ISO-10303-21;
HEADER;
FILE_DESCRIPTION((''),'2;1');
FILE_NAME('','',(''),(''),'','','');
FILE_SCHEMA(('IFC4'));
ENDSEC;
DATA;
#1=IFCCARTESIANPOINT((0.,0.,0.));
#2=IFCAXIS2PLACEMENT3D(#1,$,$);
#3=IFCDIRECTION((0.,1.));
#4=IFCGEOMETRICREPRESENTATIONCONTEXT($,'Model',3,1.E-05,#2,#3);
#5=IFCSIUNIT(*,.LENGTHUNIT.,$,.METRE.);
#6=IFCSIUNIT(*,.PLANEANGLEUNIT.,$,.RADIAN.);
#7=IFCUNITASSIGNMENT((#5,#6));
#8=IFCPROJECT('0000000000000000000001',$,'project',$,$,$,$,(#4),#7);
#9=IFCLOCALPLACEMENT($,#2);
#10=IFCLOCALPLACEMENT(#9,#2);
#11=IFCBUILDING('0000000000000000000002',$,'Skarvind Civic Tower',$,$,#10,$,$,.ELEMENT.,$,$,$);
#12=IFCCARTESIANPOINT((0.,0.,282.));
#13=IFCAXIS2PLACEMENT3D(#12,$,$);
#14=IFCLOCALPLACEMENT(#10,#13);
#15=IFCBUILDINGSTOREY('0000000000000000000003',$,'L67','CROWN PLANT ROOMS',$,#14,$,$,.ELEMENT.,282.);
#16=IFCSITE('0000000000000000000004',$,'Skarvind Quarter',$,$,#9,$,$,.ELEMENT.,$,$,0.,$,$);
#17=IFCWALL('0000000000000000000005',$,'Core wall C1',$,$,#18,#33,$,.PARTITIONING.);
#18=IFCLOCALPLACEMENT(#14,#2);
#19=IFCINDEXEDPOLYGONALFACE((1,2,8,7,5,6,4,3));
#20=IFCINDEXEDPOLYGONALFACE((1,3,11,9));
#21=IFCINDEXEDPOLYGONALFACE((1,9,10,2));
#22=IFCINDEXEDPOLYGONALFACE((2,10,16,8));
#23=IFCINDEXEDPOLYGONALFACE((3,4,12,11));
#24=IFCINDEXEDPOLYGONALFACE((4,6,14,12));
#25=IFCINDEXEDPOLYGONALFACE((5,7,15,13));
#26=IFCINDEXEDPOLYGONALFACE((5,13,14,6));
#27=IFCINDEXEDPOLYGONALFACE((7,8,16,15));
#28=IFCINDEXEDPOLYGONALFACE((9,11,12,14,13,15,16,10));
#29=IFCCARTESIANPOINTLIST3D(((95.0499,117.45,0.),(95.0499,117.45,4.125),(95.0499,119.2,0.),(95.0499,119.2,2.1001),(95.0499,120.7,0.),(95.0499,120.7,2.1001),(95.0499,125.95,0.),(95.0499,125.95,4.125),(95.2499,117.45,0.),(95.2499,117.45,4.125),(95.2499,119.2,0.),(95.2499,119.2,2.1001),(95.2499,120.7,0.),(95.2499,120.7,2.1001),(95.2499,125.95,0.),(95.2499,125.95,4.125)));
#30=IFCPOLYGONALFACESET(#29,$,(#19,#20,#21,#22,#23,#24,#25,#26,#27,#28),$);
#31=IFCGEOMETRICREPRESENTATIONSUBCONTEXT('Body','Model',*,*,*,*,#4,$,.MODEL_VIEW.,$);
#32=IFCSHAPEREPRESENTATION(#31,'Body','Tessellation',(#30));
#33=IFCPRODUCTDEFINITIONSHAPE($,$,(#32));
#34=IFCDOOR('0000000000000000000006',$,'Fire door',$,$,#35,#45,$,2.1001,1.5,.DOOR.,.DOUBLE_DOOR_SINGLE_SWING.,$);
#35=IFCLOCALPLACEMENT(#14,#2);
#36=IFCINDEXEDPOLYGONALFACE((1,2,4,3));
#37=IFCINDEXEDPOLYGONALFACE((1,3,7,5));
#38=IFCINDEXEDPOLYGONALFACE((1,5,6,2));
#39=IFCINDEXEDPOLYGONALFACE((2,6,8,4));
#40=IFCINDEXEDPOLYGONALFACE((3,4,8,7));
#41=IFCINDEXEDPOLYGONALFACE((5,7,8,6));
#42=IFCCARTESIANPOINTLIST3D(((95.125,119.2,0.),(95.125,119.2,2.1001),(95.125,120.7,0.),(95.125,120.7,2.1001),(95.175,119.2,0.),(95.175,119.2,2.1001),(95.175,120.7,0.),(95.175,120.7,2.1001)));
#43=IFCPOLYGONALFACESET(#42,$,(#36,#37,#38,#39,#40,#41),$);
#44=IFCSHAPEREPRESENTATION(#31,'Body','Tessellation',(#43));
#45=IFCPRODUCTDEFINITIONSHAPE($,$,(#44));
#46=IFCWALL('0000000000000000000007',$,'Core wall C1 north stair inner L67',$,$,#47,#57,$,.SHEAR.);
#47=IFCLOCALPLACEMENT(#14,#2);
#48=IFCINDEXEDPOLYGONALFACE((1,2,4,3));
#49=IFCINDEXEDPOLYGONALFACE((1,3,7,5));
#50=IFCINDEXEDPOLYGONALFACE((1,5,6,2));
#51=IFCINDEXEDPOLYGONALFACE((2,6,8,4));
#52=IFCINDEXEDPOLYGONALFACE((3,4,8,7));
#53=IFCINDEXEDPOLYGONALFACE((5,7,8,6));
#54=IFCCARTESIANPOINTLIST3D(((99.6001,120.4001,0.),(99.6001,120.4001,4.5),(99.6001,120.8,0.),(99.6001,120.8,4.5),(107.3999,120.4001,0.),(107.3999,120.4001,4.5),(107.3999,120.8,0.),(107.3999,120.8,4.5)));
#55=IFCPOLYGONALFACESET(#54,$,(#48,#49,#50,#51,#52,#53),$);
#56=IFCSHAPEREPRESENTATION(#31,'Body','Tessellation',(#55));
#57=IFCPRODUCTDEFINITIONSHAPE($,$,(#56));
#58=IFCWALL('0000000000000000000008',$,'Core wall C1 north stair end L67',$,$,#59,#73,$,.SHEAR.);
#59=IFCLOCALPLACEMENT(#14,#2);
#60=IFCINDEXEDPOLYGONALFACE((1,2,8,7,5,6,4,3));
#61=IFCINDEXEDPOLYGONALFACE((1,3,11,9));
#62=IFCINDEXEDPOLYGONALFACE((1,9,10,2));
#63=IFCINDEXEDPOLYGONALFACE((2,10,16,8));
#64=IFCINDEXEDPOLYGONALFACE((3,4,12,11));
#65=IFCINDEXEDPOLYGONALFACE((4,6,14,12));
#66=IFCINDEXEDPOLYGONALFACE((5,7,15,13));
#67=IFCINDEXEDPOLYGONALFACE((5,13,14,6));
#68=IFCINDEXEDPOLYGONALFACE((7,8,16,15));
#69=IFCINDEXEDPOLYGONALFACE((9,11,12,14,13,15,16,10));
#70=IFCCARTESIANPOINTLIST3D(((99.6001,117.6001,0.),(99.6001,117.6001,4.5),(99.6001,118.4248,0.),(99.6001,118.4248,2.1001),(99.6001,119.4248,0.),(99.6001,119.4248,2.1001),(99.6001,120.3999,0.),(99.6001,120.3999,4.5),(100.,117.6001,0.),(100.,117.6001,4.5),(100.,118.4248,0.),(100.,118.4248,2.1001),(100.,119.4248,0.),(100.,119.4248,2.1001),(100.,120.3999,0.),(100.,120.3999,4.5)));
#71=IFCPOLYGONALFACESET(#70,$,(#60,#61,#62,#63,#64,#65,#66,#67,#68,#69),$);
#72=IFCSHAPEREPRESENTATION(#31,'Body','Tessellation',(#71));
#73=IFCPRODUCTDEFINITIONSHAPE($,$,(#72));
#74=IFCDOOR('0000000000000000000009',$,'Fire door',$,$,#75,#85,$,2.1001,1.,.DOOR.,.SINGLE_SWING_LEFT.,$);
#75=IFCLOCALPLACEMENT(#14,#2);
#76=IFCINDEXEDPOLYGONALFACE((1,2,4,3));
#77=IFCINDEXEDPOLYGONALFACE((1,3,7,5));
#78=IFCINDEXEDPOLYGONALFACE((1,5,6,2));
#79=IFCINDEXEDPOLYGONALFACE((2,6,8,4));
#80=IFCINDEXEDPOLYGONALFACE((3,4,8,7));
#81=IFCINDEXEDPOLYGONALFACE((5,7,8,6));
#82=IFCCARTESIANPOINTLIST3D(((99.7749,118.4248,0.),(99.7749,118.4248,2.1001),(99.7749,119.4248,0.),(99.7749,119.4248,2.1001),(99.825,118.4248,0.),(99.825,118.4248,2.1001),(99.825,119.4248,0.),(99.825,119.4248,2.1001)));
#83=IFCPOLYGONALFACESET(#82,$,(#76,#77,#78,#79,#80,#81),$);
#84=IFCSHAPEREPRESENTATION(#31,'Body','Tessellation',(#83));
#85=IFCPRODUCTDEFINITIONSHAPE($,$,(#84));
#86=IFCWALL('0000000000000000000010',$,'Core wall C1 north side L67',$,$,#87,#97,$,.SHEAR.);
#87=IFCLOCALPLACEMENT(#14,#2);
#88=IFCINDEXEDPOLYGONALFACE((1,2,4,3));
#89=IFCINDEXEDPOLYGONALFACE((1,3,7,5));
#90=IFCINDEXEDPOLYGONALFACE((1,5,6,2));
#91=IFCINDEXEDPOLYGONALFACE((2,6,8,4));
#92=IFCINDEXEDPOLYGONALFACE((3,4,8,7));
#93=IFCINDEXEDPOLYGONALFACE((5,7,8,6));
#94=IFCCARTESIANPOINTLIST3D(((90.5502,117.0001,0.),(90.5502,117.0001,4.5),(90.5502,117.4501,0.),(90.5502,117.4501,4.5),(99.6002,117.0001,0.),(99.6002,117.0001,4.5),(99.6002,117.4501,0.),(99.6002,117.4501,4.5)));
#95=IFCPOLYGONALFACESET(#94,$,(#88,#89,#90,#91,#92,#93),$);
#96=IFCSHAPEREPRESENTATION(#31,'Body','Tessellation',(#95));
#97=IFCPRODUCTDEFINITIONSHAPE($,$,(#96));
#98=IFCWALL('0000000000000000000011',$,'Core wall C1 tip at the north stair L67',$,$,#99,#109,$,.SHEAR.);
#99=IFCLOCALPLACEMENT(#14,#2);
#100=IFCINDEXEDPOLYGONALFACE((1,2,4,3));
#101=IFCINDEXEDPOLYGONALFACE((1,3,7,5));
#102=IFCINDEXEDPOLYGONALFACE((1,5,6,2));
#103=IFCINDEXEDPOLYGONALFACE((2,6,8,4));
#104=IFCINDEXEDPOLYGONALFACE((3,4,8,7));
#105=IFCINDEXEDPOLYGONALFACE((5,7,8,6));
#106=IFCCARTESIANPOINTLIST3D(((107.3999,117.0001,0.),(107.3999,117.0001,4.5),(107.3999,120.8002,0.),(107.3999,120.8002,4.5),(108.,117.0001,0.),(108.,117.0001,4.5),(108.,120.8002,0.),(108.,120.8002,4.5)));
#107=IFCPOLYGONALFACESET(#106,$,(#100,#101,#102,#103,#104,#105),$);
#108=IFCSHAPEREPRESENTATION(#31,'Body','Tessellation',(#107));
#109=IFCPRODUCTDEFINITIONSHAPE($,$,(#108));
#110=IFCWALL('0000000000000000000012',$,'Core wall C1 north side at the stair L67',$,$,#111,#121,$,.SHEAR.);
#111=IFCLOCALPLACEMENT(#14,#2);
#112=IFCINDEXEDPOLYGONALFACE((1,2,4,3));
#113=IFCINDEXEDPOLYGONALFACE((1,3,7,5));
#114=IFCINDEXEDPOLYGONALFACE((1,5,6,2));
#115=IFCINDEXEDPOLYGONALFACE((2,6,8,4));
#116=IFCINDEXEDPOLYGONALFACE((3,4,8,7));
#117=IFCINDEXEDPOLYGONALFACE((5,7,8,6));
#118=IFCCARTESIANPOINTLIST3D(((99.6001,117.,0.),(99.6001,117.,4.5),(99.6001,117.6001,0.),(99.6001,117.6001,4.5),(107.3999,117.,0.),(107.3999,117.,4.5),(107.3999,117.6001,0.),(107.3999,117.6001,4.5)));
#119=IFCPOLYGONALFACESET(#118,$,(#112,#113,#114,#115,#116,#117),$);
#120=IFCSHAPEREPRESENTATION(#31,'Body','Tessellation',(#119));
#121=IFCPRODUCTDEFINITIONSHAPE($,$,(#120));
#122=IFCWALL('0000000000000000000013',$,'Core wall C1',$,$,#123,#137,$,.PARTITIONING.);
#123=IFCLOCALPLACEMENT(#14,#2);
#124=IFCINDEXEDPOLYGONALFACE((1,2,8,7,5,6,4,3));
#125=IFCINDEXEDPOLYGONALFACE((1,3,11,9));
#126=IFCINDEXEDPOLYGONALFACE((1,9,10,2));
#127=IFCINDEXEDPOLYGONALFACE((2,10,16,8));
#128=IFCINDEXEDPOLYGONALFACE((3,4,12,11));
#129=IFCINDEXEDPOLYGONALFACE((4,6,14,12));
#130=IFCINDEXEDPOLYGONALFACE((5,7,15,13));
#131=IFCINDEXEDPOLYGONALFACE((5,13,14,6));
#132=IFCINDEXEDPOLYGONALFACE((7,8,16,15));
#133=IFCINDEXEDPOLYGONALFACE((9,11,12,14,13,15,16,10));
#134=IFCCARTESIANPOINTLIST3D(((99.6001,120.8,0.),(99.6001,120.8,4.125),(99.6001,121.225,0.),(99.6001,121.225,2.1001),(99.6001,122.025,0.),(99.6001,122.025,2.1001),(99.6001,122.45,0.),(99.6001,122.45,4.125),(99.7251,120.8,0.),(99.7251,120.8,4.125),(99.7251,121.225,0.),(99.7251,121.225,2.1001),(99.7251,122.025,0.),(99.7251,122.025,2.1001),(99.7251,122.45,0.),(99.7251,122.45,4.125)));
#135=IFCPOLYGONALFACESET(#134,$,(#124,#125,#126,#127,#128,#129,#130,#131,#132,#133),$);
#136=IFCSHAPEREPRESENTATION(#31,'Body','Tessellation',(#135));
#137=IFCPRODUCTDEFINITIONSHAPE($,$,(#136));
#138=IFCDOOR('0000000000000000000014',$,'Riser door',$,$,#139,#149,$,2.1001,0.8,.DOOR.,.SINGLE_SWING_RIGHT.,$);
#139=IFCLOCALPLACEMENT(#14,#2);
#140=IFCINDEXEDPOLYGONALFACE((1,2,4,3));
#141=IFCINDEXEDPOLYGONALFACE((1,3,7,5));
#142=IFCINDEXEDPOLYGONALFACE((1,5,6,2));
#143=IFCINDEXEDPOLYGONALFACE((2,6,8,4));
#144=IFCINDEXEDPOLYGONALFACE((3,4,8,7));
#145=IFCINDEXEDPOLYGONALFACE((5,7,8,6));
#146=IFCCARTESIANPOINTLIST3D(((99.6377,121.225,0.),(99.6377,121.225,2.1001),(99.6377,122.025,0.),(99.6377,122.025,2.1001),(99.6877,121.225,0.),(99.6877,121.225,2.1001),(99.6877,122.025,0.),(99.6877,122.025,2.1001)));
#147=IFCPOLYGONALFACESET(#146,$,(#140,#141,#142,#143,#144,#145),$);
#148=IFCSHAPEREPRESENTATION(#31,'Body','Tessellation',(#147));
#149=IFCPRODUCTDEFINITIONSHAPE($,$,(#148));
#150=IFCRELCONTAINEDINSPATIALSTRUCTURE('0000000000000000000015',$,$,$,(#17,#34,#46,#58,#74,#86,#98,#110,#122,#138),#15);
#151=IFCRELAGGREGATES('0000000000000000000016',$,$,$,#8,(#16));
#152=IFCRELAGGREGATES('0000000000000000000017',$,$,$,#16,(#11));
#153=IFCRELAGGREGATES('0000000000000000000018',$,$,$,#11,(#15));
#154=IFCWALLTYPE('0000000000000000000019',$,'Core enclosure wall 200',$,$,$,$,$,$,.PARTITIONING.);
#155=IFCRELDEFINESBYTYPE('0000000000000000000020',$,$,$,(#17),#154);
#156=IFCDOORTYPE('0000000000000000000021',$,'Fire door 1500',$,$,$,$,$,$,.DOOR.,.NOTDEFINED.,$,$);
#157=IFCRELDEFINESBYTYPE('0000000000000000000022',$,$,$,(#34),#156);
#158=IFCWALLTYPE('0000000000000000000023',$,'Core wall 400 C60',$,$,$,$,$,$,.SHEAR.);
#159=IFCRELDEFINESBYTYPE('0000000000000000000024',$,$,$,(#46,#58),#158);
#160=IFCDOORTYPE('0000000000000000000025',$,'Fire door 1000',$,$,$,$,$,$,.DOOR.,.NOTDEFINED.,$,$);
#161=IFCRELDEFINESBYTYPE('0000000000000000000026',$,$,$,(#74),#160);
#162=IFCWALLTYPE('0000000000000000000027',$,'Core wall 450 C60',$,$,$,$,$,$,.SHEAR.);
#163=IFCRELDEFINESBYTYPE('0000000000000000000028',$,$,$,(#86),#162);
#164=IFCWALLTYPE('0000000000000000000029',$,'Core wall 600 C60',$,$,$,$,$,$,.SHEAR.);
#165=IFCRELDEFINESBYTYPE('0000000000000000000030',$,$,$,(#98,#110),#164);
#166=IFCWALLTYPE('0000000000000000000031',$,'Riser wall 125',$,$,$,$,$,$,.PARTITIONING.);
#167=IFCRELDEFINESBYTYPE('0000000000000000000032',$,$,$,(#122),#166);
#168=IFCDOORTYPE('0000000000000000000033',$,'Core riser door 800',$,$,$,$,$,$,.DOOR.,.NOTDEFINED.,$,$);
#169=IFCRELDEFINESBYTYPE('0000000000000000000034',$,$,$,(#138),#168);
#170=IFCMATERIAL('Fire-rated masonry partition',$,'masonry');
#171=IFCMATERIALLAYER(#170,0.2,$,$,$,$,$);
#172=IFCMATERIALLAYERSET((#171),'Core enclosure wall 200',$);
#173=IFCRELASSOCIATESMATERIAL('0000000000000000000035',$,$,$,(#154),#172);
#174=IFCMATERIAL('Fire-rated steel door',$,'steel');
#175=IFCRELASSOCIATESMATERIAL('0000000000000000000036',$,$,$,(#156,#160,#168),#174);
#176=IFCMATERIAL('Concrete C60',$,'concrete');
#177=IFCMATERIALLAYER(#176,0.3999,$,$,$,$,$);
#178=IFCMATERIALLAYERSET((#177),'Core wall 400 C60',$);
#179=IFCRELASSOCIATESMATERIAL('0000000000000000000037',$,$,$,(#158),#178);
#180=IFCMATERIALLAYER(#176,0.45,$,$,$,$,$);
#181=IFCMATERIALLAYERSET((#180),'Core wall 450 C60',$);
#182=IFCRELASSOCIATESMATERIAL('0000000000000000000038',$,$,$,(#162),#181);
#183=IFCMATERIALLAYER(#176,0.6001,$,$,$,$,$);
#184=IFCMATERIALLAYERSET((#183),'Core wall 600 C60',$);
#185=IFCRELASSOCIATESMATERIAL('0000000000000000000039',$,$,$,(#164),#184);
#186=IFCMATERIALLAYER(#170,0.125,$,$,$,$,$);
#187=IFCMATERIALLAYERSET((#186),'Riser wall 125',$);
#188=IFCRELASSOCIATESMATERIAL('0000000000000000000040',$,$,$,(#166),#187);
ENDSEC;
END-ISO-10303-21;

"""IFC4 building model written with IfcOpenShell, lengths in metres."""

from ifc_helpers import new_model, si_unit, direction, frame, frame_2d, origin, place, context, subcontext, project, spatial, rectangle, extrude, material, layer, layer_set, type_object, element, fill, save


model = new_model("IFC4")

# Units and contexts
model_context = context("Model", 3, precision=1e-05, world=origin(), true_north=direction((0.0, 1.0)))
body_context = subcontext(model_context, "Body", "Model", "MODEL_VIEW")
ifc_project = project(units=[si_unit("LENGTHUNIT", "METRE"), si_unit("PLANEANGLEUNIT", "RADIAN")], contexts=[model_context])

# Site, building, storey
site_placement = place(None, origin())
site = spatial("IfcSite", under=ifc_project, at=site_placement, Name="Skarvind Quarter", CompositionType="ELEMENT", RefElevation=0.0)
building_placement = place(site_placement, origin())
building = spatial("IfcBuilding", under=site, at=building_placement, Name="Skarvind Civic Tower", CompositionType="ELEMENT")
storey_placement = place(building_placement, frame((0.0, 0.0, 282.0)))
storey = spatial("IfcBuildingStorey", under=building, at=storey_placement, Name="L67", Description="CROWN PLANT ROOMS", CompositionType="ELEMENT", Elevation=282.0)

# Shared definitions
ifc_material_1 = material(Name="Concrete C60", Category="concrete")

# Wall, opening, door
ifc_material_2 = material(Name="Fire-rated masonry partition", Category="masonry")
ifc_layer_1 = layer(ifc_material_2, 0.2)
ifc_layer_set_1 = layer_set([ifc_layer_1], Name="Core enclosure wall 200")
wall_type_1 = type_object("IfcWallType", Name="Core enclosure wall 200", PredefinedType="PARTITIONING", material=ifc_layer_set_1)
wall_1_placement = place(storey_placement, frame((95.1499, 117.45, 0.0), z_axis=(0.0, 0.0, 1.0), x_axis=(0.0, 1.0, 0.0)))
wall_1 = element("IfcWall", 1, at=wall_1_placement, inside=storey, type_object=wall_type_1, Name="Core wall C1", PredefinedType="PARTITIONING", context=body_context, shape_type="SweptSolid", body=[
    extrude(rectangle(XDim=8.5, YDim=0.2, at=frame_2d((4.25, 0.0))), origin(), (0.0, 0.0, 1.0), 4.125),
])
opening_1_placement = place(wall_1_placement, frame((1.75, 0.0, 0.0)))
opening_1 = element("IfcOpeningElement", 2, at=opening_1_placement, cuts=wall_1, PredefinedType="OPENING", context=body_context, shape_type="SweptSolid", body=[
    extrude(rectangle(XDim=1.5, YDim=2.1001, at=frame_2d((0.75, 1.05))), frame((0.0, 0.1099, 0.0), z_axis=(0.0, -1.0, 0.0), x_axis=(1.0, 0.0, 0.0)), (0.0, 0.0, 1.0), 0.22),
])
ifc_material_3 = material(Name="Fire-rated steel door", Category="steel")
door_type_1 = type_object("IfcDoorType", Name="Fire door 1500", OperationType="NOTDEFINED", PredefinedType="DOOR", material=ifc_material_3)
door_1_placement = place(opening_1_placement, origin())
door_1 = element("IfcDoor", 3, at=door_1_placement, inside=storey, type_object=door_type_1, Name="Fire door", OperationType="DOUBLE_DOOR_SINGLE_SWING", OverallHeight=2.1001, OverallWidth=1.5, PredefinedType="DOOR", context=body_context, shape_type="SweptSolid", body=[
    extrude(rectangle(XDim=1.5, YDim=2.1001, at=frame_2d((0.75, 1.05))), frame((0.0, 0.0249, 0.0), z_axis=(0.0, -1.0, 0.0), x_axis=(1.0, 0.0, 0.0)), (0.0, 0.0, 1.0), 0.05),
])
fill(opening_1, door_1)

# Wall
ifc_layer_2 = layer(ifc_material_1, 0.3999)
ifc_layer_set_2 = layer_set([ifc_layer_2], Name="Core wall 400 C60")
wall_type_2 = type_object("IfcWallType", Name="Core wall 400 C60", PredefinedType="SHEAR", material=ifc_layer_set_2)
wall_2_placement = place(storey_placement, frame((107.3999, 120.6001, 0.0), z_axis=(0.0, 0.0, 1.0), x_axis=(-1.0, 0.0, 0.0)))
element("IfcWall", 4, at=wall_2_placement, inside=storey, type_object=wall_type_2, Name="Core wall C1 north stair inner L67", PredefinedType="SHEAR", context=body_context, shape_type="SweptSolid", body=[
    extrude(rectangle(XDim=7.7998, YDim=0.3999, at=frame_2d((3.8999, 0.0))), origin(), (0.0, 0.0, 1.0), 4.5),
])

# Wall, opening, door
wall_3_placement = place(storey_placement, frame((99.8, 120.3999, 0.0), z_axis=(0.0, 0.0, 1.0), x_axis=(0.0, -1.0, 0.0)))
wall_3 = element("IfcWall", 5, at=wall_3_placement, inside=storey, type_object=wall_type_2, Name="Core wall C1 north stair end L67", PredefinedType="SHEAR", context=body_context, shape_type="SweptSolid", body=[
    extrude(rectangle(XDim=2.7998, YDim=0.3999, at=frame_2d((1.3999, 0.0))), origin(), (0.0, 0.0, 1.0), 4.5),
])
opening_2_placement = place(wall_3_placement, frame((0.9751, 0.0, 0.0)))
opening_2 = element("IfcOpeningElement", 6, at=opening_2_placement, cuts=wall_3, PredefinedType="OPENING", context=body_context, shape_type="SweptSolid", body=[
    extrude(rectangle(XDim=1.0, YDim=2.1001, at=frame_2d((0.5, 1.05))), frame((0.0, 0.21, 0.0), z_axis=(0.0, -1.0, 0.0), x_axis=(1.0, 0.0, 0.0)), (0.0, 0.0, 1.0), 0.4199),
])
door_type_2 = type_object("IfcDoorType", Name="Fire door 1000", OperationType="NOTDEFINED", PredefinedType="DOOR", material=ifc_material_3)
door_2_placement = place(opening_2_placement, origin())
door_2 = element("IfcDoor", 7, at=door_2_placement, inside=storey, type_object=door_type_2, Name="Fire door", OperationType="SINGLE_SWING_LEFT", OverallHeight=2.1001, OverallWidth=1.0, PredefinedType="DOOR", context=body_context, shape_type="SweptSolid", body=[
    extrude(rectangle(XDim=1.0, YDim=2.1001, at=frame_2d((0.5, 1.05))), frame((0.0, 0.0249, 0.0), z_axis=(0.0, -1.0, 0.0), x_axis=(1.0, 0.0, 0.0)), (0.0, 0.0, 1.0), 0.05),
])
fill(opening_2, door_2)

# Walls
ifc_layer_3 = layer(ifc_material_1, 0.45)
ifc_layer_set_3 = layer_set([ifc_layer_3], Name="Core wall 450 C60")
wall_type_3 = type_object("IfcWallType", Name="Core wall 450 C60", PredefinedType="SHEAR", material=ifc_layer_set_3)
wall_4_placement = place(storey_placement, frame((99.6001, 117.2251, 0.0), z_axis=(0.0, 0.0, 1.0), x_axis=(-1.0, 0.0, 0.0)))
element("IfcWall", 8, at=wall_4_placement, inside=storey, type_object=wall_type_3, Name="Core wall C1 north side L67", PredefinedType="SHEAR", context=body_context, shape_type="SweptSolid", body=[
    extrude(rectangle(XDim=9.05, YDim=0.45, at=frame_2d((4.5249, 0.0))), origin(), (0.0, 0.0, 1.0), 4.5),
])
ifc_layer_4 = layer(ifc_material_1, 0.6001)
ifc_layer_set_4 = layer_set([ifc_layer_4], Name="Core wall 600 C60")
wall_type_4 = type_object("IfcWallType", Name="Core wall 600 C60", PredefinedType="SHEAR", material=ifc_layer_set_4)
wall_5_placement = place(storey_placement, frame((107.7, 120.8, 0.0), z_axis=(0.0, 0.0, 1.0), x_axis=(0.0, -1.0, 0.0)))
element("IfcWall", 9, at=wall_5_placement, inside=storey, type_object=wall_type_4, Name="Core wall C1 tip at the north stair L67", PredefinedType="SHEAR", context=body_context, shape_type="SweptSolid", body=[
    extrude(rectangle(XDim=3.8, YDim=0.6001, at=frame_2d((1.8999, 0.0))), origin(), (0.0, 0.0, 1.0), 4.5),
])
wall_6_placement = place(storey_placement, frame((107.3999, 117.3, 0.0), z_axis=(0.0, 0.0, 1.0), x_axis=(-1.0, 0.0, 0.0)))
element("IfcWall", 10, at=wall_6_placement, inside=storey, type_object=wall_type_4, Name="Core wall C1 north side at the stair L67", PredefinedType="SHEAR", context=body_context, shape_type="SweptSolid", body=[
    extrude(rectangle(XDim=7.7998, YDim=0.6001, at=frame_2d((3.8999, 0.0))), origin(), (0.0, 0.0, 1.0), 4.5),
])

# Wall, opening, door
ifc_layer_5 = layer(ifc_material_2, 0.125)
ifc_layer_set_5 = layer_set([ifc_layer_5], Name="Riser wall 125")
wall_type_5 = type_object("IfcWallType", Name="Riser wall 125", PredefinedType="PARTITIONING", material=ifc_layer_set_5)
wall_7_placement = place(storey_placement, frame((99.6626, 120.8, 0.0), z_axis=(0.0, 0.0, 1.0), x_axis=(0.0, 1.0, 0.0)))
wall_7 = element("IfcWall", 11, at=wall_7_placement, inside=storey, type_object=wall_type_5, Name="Core wall C1", PredefinedType="PARTITIONING", context=body_context, shape_type="SweptSolid", body=[
    extrude(rectangle(XDim=1.6499, YDim=0.125, at=frame_2d((0.825, 0.0))), origin(), (0.0, 0.0, 1.0), 4.125),
])
opening_3_placement = place(wall_7_placement, frame((0.425, 0.0, 0.0)))
opening_3 = element("IfcOpeningElement", 12, at=opening_3_placement, cuts=wall_7, PredefinedType="OPENING", context=body_context, shape_type="SweptSolid", body=[
    extrude(rectangle(XDim=0.8, YDim=2.1001, at=frame_2d((0.3999, 1.05))), frame((0.0, 0.0725, 0.0), z_axis=(0.0, -1.0, 0.0), x_axis=(1.0, 0.0, 0.0)), (0.0, 0.0, 1.0), 0.145),
])
door_type_3 = type_object("IfcDoorType", Name="Core riser door 800", OperationType="NOTDEFINED", PredefinedType="DOOR", material=ifc_material_3)
door_3_placement = place(opening_3_placement, origin())
door_3 = element("IfcDoor", 13, at=door_3_placement, inside=storey, type_object=door_type_3, Name="Riser door", OperationType="SINGLE_SWING_RIGHT", OverallHeight=2.1001, OverallWidth=0.8, PredefinedType="DOOR", context=body_context, shape_type="SweptSolid", body=[
    extrude(rectangle(XDim=0.8, YDim=2.1001, at=frame_2d((0.3999, 1.05))), frame((0.0, 0.0249, 0.0), z_axis=(0.0, -1.0, 0.0), x_axis=(1.0, 0.0, 0.0)), (0.0, 0.0, 1.0), 0.05),
])
fill(opening_3, door_3)

save(model, "model.ifc")
